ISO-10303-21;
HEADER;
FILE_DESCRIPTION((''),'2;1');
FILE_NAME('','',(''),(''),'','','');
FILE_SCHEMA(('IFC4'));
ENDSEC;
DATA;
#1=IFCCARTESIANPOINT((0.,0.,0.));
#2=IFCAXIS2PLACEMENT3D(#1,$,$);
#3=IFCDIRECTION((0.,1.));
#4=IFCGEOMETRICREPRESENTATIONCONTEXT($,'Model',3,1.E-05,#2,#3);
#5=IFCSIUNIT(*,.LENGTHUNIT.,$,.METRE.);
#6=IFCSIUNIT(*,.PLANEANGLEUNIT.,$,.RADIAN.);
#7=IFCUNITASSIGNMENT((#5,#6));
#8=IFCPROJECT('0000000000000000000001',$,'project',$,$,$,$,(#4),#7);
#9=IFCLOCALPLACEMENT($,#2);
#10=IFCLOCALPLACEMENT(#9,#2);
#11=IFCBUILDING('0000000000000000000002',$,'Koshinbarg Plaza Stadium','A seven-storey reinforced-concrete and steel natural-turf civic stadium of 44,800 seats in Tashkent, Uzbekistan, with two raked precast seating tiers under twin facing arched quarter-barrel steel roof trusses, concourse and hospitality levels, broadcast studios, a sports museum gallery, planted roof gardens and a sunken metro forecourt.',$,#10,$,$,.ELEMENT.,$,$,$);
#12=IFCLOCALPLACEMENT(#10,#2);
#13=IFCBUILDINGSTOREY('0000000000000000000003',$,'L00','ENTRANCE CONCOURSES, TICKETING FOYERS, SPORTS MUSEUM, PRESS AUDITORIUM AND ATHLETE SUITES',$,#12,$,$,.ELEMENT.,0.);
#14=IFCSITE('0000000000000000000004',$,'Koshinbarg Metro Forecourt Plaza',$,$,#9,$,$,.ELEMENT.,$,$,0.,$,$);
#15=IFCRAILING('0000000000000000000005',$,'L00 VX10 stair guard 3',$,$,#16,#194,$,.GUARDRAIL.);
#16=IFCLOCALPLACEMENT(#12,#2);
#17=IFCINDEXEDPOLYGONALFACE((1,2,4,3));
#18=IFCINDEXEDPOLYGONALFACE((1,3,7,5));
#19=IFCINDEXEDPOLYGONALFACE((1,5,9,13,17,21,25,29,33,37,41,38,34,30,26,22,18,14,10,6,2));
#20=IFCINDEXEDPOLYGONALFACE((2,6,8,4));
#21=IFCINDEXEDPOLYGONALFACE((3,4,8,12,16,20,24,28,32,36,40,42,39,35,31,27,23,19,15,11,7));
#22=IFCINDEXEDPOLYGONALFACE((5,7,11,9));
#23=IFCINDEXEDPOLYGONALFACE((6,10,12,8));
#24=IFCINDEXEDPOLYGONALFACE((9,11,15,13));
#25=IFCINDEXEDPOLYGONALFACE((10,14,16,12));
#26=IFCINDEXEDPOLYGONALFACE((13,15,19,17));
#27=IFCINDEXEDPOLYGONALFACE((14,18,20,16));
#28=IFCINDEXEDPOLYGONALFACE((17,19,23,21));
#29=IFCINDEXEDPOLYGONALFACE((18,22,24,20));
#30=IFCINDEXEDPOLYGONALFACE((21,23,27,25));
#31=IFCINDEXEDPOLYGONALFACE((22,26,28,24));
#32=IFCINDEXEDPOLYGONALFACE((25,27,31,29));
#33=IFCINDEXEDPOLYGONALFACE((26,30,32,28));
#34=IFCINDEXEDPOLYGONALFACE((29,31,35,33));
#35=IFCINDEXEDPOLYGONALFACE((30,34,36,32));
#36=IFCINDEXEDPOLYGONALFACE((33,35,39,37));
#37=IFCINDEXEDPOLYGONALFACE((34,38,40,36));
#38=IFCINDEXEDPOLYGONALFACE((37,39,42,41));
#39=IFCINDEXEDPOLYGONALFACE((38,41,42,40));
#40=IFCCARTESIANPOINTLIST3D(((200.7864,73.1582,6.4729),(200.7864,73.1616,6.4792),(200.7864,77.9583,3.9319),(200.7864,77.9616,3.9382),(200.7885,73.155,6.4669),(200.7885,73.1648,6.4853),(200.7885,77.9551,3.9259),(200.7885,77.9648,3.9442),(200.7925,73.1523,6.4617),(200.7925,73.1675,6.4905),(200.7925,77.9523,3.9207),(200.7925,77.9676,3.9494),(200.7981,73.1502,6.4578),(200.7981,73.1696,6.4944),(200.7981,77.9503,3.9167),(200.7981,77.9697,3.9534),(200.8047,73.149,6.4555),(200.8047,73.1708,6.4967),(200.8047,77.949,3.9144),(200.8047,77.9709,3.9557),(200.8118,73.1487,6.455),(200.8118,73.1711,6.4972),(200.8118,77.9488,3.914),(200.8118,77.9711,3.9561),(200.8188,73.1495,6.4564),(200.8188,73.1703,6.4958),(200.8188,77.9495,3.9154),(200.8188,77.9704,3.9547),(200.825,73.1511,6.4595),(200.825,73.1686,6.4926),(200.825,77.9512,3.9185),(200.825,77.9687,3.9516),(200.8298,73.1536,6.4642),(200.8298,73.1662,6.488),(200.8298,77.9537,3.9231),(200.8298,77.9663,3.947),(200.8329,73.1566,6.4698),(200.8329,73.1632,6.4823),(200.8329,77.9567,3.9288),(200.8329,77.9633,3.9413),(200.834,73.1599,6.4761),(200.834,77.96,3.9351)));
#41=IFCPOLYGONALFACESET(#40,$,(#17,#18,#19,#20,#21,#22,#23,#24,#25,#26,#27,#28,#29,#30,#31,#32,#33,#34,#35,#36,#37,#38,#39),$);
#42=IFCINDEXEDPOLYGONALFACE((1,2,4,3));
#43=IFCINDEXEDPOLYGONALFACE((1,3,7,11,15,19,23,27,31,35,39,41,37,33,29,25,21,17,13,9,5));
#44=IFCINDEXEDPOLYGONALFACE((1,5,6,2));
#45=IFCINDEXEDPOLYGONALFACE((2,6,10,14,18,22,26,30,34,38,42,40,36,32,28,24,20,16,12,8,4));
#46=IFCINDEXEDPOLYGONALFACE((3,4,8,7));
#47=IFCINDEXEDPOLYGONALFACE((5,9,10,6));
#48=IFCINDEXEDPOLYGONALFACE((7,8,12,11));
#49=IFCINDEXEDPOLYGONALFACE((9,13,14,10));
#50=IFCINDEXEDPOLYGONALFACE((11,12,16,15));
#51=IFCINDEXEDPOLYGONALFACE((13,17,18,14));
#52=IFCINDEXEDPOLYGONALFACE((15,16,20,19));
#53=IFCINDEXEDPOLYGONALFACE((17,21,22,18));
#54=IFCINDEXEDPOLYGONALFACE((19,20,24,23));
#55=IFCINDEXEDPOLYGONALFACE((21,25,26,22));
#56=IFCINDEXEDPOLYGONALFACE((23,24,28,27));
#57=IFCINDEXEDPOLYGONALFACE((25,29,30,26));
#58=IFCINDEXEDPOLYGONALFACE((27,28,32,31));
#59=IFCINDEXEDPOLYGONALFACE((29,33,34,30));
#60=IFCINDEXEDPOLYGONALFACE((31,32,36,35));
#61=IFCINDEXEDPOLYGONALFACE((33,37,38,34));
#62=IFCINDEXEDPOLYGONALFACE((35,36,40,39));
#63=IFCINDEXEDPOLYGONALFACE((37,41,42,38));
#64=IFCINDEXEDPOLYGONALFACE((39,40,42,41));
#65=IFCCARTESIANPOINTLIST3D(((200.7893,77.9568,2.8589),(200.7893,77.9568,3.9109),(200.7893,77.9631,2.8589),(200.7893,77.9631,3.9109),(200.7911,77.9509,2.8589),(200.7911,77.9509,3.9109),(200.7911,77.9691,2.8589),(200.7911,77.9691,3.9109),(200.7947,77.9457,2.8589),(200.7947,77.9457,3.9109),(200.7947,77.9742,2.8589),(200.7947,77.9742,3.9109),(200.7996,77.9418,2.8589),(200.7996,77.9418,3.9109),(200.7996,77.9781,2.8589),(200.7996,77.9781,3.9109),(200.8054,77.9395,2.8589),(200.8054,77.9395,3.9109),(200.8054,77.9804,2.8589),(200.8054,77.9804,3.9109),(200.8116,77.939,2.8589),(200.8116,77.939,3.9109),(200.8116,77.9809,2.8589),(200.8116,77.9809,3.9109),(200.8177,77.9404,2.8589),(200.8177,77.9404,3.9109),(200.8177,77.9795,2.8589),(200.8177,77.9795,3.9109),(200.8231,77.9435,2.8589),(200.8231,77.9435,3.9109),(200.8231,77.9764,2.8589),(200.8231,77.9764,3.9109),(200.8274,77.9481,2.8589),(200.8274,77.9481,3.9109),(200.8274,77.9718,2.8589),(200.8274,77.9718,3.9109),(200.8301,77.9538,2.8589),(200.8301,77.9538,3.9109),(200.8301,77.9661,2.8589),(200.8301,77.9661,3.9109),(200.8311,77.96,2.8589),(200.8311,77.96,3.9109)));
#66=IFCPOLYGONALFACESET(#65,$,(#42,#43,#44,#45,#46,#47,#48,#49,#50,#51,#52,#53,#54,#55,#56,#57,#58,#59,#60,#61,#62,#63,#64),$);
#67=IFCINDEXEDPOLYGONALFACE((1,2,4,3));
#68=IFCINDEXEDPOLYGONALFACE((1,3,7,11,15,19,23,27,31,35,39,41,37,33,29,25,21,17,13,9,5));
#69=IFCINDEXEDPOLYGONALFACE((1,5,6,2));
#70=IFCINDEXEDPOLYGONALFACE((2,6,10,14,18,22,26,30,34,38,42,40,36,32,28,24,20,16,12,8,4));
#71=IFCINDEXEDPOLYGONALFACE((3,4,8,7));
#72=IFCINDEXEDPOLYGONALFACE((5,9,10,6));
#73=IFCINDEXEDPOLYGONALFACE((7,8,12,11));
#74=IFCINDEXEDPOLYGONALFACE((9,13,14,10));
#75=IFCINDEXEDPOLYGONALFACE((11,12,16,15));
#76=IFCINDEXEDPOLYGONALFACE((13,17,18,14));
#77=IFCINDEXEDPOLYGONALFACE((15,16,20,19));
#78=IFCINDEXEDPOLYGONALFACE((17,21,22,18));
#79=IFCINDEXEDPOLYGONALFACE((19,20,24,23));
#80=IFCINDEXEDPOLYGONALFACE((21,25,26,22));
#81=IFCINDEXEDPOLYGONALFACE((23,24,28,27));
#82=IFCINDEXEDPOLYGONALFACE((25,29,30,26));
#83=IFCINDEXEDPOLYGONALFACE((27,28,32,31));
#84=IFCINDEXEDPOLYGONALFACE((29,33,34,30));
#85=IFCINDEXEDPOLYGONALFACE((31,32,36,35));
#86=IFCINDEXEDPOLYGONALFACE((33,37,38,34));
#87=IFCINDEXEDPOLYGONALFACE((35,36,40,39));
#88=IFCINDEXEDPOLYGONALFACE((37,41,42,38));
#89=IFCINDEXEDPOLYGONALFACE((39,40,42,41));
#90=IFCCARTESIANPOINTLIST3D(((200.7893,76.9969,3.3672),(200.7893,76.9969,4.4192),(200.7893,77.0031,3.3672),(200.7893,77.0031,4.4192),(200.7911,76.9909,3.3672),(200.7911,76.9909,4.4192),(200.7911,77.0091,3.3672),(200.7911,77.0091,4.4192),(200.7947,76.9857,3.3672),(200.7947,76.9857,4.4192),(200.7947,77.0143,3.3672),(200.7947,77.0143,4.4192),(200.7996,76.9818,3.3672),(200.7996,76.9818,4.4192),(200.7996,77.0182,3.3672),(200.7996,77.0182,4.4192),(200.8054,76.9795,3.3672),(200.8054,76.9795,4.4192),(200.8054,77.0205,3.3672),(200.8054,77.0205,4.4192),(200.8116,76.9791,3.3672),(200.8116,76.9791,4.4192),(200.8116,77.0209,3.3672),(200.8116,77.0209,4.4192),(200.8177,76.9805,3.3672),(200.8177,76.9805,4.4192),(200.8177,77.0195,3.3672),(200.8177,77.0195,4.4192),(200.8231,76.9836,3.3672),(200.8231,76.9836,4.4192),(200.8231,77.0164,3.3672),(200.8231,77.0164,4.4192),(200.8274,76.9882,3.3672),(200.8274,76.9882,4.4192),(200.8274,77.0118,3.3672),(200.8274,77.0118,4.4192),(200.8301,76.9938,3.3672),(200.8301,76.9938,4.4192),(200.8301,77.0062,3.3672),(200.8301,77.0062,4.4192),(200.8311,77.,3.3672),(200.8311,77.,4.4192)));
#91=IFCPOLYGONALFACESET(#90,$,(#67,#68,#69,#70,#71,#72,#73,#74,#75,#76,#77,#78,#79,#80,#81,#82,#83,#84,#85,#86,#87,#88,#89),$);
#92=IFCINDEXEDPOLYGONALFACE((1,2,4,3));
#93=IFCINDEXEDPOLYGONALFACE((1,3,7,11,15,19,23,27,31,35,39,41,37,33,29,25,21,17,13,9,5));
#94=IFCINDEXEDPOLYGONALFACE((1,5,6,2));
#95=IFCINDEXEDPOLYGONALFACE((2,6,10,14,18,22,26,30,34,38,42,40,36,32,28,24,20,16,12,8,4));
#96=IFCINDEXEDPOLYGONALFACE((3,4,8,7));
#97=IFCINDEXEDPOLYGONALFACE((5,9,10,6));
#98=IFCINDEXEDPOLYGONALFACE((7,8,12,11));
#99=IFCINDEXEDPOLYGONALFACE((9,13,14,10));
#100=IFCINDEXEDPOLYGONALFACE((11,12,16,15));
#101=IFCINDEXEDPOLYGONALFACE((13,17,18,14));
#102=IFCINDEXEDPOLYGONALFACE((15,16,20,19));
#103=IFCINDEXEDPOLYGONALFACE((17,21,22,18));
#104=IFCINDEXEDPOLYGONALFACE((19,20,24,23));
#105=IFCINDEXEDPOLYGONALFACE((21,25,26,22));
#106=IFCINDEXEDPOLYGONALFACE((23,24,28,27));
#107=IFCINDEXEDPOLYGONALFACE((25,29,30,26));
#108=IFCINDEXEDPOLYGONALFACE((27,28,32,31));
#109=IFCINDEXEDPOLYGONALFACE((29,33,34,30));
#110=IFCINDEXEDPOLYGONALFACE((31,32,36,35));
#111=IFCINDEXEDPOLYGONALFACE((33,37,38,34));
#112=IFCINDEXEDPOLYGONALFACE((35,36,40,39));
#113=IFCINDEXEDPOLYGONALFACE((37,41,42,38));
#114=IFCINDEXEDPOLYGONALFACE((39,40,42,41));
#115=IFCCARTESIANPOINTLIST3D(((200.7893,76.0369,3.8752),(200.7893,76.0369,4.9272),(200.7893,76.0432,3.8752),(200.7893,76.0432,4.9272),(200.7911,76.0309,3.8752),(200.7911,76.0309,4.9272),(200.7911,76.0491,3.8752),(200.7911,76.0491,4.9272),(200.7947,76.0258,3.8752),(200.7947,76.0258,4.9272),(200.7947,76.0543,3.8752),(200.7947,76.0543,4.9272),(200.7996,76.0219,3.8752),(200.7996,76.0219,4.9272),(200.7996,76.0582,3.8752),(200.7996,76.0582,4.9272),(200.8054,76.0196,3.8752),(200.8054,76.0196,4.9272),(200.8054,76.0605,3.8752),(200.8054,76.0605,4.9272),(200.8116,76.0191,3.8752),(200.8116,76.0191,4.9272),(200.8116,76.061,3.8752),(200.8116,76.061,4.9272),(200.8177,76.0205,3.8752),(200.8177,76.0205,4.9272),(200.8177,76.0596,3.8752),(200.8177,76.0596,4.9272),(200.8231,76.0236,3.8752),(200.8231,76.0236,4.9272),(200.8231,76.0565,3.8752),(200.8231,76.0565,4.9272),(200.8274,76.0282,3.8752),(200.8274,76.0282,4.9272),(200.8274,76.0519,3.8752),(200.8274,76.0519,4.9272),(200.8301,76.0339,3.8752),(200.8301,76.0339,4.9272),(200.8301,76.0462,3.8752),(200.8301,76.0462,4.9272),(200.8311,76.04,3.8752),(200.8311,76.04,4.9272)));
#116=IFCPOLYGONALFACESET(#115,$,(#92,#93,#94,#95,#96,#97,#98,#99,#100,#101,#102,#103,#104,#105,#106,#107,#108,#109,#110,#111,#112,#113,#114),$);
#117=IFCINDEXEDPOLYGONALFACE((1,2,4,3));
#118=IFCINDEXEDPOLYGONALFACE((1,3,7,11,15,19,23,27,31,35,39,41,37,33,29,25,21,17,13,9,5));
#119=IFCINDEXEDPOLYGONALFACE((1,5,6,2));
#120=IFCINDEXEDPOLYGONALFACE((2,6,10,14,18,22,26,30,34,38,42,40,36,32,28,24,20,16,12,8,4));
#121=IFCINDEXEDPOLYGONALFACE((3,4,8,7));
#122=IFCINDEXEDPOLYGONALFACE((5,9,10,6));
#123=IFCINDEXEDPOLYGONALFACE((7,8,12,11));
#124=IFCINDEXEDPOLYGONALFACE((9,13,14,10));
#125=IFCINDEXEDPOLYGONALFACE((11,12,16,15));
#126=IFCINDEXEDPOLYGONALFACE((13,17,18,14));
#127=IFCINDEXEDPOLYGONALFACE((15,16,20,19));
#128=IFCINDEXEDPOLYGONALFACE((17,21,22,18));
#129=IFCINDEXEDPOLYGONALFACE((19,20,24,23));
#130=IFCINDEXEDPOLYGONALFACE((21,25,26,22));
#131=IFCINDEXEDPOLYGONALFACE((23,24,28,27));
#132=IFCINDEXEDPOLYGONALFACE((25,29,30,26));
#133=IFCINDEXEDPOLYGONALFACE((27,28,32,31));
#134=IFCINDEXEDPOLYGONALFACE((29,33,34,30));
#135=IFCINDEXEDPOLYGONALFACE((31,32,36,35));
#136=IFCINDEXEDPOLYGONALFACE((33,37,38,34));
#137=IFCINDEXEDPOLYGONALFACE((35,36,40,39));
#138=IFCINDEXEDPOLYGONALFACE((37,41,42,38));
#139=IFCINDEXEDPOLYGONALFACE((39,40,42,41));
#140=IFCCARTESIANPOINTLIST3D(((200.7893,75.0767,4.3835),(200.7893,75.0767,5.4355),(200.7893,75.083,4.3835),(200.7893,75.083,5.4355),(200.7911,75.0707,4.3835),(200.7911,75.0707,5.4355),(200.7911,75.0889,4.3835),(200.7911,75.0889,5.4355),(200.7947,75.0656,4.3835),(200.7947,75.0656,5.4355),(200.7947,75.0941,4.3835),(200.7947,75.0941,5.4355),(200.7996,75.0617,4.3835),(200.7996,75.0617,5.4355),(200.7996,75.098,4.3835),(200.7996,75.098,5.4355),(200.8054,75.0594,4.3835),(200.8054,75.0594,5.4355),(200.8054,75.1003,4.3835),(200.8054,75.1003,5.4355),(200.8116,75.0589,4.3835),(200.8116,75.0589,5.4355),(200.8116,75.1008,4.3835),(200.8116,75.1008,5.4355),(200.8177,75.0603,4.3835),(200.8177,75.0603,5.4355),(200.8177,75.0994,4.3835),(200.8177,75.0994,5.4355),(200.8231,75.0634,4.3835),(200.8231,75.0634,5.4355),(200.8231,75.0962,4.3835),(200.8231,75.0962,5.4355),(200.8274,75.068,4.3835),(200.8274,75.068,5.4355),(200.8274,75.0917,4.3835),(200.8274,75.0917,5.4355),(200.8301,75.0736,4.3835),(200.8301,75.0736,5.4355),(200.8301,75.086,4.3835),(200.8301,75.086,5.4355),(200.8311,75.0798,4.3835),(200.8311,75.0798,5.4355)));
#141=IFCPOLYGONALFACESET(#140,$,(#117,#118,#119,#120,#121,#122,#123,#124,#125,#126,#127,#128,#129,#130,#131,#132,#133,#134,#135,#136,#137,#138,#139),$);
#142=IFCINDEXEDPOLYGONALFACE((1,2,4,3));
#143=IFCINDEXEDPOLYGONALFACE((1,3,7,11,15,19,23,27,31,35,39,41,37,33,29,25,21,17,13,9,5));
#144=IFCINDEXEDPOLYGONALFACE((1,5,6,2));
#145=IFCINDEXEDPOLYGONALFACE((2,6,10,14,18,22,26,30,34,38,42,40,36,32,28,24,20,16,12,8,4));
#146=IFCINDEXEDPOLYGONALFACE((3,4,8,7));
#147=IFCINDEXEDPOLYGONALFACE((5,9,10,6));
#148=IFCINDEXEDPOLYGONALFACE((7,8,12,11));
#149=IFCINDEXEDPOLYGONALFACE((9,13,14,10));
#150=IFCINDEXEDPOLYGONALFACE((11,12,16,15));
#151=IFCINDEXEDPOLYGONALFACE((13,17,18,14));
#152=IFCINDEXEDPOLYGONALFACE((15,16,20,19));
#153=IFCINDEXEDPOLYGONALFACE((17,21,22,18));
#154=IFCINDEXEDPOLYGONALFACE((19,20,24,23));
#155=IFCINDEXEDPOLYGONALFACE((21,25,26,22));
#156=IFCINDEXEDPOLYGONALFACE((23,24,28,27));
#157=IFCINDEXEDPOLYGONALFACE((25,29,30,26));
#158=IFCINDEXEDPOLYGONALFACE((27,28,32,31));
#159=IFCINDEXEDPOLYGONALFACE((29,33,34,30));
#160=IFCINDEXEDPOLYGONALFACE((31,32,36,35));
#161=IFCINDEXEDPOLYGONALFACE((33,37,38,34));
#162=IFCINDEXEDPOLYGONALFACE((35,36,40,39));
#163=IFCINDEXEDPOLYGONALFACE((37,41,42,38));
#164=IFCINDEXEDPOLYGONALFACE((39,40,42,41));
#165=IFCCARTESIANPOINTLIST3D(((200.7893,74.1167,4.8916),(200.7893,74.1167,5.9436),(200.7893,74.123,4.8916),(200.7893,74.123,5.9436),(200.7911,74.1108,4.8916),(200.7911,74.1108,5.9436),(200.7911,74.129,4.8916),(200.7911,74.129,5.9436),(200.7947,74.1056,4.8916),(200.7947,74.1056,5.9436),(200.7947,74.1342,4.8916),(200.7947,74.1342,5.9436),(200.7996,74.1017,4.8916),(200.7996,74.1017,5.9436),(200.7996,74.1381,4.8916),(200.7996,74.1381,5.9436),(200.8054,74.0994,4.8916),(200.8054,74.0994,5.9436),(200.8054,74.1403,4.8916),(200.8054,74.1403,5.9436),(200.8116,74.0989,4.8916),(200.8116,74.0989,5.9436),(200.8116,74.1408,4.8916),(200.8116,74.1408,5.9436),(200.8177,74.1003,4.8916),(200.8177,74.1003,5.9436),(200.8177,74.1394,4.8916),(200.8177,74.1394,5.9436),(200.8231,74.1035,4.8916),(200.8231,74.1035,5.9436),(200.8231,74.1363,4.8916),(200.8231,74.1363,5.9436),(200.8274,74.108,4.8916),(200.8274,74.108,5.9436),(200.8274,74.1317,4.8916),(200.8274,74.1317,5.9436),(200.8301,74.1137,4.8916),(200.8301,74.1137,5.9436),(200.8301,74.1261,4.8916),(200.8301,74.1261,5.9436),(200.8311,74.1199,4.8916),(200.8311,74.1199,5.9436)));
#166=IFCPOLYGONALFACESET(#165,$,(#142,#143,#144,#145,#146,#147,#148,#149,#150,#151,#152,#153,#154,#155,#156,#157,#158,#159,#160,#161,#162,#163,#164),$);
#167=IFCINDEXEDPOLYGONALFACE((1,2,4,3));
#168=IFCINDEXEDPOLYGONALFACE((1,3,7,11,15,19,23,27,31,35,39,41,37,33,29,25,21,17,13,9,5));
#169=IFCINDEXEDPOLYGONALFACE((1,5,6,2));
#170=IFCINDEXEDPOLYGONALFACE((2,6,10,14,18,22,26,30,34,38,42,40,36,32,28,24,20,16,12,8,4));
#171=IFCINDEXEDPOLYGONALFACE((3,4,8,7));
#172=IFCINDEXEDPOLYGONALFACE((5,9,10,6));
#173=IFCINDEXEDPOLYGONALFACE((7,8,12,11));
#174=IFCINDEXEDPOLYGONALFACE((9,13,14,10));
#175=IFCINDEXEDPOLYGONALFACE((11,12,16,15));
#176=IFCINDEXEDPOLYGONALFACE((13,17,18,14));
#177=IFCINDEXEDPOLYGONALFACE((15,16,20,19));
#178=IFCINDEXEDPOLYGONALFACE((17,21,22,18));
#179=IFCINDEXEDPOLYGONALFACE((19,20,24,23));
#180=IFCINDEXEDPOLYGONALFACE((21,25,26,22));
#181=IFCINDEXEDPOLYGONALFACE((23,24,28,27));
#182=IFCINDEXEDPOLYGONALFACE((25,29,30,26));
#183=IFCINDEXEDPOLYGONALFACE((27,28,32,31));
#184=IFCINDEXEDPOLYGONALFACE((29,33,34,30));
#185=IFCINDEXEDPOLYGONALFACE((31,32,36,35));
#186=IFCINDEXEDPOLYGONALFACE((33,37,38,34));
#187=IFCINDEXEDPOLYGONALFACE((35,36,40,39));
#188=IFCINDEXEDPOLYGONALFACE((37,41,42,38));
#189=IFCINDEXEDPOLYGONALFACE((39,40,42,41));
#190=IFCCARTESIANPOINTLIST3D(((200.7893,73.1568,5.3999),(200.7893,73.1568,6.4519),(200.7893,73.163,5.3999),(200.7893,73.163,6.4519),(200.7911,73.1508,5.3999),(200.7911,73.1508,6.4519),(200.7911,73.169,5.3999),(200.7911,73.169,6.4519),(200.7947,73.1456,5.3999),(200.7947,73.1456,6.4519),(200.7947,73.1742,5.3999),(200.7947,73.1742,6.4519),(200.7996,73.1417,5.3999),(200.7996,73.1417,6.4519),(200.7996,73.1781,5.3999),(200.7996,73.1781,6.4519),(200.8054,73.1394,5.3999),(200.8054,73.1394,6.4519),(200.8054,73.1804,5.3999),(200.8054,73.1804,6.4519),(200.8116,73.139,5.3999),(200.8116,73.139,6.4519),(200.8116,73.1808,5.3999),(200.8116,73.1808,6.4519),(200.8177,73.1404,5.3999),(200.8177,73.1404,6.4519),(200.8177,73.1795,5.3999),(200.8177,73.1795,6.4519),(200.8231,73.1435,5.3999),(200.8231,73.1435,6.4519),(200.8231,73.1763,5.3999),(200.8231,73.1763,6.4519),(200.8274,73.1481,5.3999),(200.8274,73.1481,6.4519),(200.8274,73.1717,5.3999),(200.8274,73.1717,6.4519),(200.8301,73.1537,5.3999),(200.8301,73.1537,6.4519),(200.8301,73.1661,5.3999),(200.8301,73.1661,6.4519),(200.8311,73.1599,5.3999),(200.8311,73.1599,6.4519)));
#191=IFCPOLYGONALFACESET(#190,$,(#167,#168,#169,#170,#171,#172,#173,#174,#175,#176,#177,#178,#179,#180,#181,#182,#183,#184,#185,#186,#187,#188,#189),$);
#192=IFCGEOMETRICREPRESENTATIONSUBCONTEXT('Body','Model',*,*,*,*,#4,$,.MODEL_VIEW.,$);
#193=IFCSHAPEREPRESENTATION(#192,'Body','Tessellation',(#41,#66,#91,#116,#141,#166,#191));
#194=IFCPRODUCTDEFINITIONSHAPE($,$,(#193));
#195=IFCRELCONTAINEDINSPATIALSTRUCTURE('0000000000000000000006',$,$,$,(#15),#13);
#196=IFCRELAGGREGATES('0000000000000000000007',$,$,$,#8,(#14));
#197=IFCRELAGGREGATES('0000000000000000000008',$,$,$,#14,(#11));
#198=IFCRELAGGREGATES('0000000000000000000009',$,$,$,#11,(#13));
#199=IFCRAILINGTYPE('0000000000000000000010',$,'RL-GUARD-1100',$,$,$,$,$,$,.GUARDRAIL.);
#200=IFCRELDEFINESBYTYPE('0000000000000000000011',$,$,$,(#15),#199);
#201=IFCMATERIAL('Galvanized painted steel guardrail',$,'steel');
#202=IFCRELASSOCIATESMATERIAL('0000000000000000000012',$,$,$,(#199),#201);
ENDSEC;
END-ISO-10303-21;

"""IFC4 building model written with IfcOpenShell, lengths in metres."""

from ifc_helpers import new_model, si_unit, direction, frame, origin, origin_2d, place, context, subcontext, project, spatial, circle, extrude, material, type_object, element, save


model = new_model("IFC4")

# Units and contexts
model_context = context("Model", 3, precision=1e-05, world=origin(), true_north=direction((0.0, 1.0)))
body_context = subcontext(model_context, "Body", "Model", "MODEL_VIEW")
ifc_project = project(units=[si_unit("LENGTHUNIT", "METRE"), si_unit("PLANEANGLEUNIT", "RADIAN")], contexts=[model_context])

# Site, building, storey
site_placement = place(None, origin())
site = spatial("IfcSite", under=ifc_project, at=site_placement, Name="Koshinbarg Metro Forecourt Plaza", CompositionType="ELEMENT", RefElevation=0.0)
building_placement = place(site_placement, origin())
building = spatial("IfcBuilding", under=site, at=building_placement, Name="Koshinbarg Plaza Stadium", Description="A seven-storey reinforced-concrete and steel natural-turf civic stadium of 44,800 seats in Tashkent, Uzbekistan, with two raked precast seating tiers under twin facing arched quarter-barrel steel roof trusses, concourse and hospitality levels, broadcast studios, a sports museum gallery, planted roof gardens and a sunken metro forecourt.", CompositionType="ELEMENT")
storey_placement = place(building_placement, origin())
storey = spatial("IfcBuildingStorey", under=building, at=storey_placement, Name="L00", Description="ENTRANCE CONCOURSES, TICKETING FOYERS, SPORTS MUSEUM, PRESS AUDITORIUM AND ATHLETE SUITES", CompositionType="ELEMENT", Elevation=0.0)

# Railing
ifc_material_1 = material(Name="Galvanized painted steel guardrail", Category="steel")
railing_type_1 = type_object("IfcRailingType", Name="RL-GUARD-1100", PredefinedType="GUARDRAIL", material=ifc_material_1)
railing_1_placement = place(storey_placement, frame((200.8101, 77.96, 2.8589)))
element("IfcRailing", 1, at=railing_1_placement, inside=storey, type_object=railing_type_1, Name="L00 VX10 stair guard 3", PredefinedType="GUARDRAIL", context=body_context, shape_type="SweptSolid", body=[
    extrude(circle(Radius=0.0239, at=origin_2d()), frame((0.0, 0.0, 1.0762), z_axis=(0.0, -0.883802, 0.467861), x_axis=(1.0, 0.0, 0.0)), (0.0, 0.0, 1.0), 5.4312),
    extrude(circle(Radius=0.021, at=origin_2d()), origin(), (0.0, 0.0, 1.0), 1.052),
    extrude(circle(Radius=0.021, at=origin_2d()), frame((0.0, -0.96, 0.5083)), (0.0, 0.0, 1.0), 1.052),
    extrude(circle(Radius=0.021, at=origin_2d()), frame((0.0, -1.9199, 1.0164)), (0.0, 0.0, 1.0), 1.052),
    extrude(circle(Radius=0.021, at=origin_2d()), frame((0.0, -2.8801, 1.5247)), (0.0, 0.0, 1.0), 1.052),
    extrude(circle(Radius=0.021, at=origin_2d()), frame((0.0, -3.8401, 2.0327)), (0.0, 0.0, 1.0), 1.052),
    extrude(circle(Radius=0.021, at=origin_2d()), frame((0.0, -4.8, 2.541)), (0.0, 0.0, 1.0), 1.052),
])

save(model, "model.ifc")
